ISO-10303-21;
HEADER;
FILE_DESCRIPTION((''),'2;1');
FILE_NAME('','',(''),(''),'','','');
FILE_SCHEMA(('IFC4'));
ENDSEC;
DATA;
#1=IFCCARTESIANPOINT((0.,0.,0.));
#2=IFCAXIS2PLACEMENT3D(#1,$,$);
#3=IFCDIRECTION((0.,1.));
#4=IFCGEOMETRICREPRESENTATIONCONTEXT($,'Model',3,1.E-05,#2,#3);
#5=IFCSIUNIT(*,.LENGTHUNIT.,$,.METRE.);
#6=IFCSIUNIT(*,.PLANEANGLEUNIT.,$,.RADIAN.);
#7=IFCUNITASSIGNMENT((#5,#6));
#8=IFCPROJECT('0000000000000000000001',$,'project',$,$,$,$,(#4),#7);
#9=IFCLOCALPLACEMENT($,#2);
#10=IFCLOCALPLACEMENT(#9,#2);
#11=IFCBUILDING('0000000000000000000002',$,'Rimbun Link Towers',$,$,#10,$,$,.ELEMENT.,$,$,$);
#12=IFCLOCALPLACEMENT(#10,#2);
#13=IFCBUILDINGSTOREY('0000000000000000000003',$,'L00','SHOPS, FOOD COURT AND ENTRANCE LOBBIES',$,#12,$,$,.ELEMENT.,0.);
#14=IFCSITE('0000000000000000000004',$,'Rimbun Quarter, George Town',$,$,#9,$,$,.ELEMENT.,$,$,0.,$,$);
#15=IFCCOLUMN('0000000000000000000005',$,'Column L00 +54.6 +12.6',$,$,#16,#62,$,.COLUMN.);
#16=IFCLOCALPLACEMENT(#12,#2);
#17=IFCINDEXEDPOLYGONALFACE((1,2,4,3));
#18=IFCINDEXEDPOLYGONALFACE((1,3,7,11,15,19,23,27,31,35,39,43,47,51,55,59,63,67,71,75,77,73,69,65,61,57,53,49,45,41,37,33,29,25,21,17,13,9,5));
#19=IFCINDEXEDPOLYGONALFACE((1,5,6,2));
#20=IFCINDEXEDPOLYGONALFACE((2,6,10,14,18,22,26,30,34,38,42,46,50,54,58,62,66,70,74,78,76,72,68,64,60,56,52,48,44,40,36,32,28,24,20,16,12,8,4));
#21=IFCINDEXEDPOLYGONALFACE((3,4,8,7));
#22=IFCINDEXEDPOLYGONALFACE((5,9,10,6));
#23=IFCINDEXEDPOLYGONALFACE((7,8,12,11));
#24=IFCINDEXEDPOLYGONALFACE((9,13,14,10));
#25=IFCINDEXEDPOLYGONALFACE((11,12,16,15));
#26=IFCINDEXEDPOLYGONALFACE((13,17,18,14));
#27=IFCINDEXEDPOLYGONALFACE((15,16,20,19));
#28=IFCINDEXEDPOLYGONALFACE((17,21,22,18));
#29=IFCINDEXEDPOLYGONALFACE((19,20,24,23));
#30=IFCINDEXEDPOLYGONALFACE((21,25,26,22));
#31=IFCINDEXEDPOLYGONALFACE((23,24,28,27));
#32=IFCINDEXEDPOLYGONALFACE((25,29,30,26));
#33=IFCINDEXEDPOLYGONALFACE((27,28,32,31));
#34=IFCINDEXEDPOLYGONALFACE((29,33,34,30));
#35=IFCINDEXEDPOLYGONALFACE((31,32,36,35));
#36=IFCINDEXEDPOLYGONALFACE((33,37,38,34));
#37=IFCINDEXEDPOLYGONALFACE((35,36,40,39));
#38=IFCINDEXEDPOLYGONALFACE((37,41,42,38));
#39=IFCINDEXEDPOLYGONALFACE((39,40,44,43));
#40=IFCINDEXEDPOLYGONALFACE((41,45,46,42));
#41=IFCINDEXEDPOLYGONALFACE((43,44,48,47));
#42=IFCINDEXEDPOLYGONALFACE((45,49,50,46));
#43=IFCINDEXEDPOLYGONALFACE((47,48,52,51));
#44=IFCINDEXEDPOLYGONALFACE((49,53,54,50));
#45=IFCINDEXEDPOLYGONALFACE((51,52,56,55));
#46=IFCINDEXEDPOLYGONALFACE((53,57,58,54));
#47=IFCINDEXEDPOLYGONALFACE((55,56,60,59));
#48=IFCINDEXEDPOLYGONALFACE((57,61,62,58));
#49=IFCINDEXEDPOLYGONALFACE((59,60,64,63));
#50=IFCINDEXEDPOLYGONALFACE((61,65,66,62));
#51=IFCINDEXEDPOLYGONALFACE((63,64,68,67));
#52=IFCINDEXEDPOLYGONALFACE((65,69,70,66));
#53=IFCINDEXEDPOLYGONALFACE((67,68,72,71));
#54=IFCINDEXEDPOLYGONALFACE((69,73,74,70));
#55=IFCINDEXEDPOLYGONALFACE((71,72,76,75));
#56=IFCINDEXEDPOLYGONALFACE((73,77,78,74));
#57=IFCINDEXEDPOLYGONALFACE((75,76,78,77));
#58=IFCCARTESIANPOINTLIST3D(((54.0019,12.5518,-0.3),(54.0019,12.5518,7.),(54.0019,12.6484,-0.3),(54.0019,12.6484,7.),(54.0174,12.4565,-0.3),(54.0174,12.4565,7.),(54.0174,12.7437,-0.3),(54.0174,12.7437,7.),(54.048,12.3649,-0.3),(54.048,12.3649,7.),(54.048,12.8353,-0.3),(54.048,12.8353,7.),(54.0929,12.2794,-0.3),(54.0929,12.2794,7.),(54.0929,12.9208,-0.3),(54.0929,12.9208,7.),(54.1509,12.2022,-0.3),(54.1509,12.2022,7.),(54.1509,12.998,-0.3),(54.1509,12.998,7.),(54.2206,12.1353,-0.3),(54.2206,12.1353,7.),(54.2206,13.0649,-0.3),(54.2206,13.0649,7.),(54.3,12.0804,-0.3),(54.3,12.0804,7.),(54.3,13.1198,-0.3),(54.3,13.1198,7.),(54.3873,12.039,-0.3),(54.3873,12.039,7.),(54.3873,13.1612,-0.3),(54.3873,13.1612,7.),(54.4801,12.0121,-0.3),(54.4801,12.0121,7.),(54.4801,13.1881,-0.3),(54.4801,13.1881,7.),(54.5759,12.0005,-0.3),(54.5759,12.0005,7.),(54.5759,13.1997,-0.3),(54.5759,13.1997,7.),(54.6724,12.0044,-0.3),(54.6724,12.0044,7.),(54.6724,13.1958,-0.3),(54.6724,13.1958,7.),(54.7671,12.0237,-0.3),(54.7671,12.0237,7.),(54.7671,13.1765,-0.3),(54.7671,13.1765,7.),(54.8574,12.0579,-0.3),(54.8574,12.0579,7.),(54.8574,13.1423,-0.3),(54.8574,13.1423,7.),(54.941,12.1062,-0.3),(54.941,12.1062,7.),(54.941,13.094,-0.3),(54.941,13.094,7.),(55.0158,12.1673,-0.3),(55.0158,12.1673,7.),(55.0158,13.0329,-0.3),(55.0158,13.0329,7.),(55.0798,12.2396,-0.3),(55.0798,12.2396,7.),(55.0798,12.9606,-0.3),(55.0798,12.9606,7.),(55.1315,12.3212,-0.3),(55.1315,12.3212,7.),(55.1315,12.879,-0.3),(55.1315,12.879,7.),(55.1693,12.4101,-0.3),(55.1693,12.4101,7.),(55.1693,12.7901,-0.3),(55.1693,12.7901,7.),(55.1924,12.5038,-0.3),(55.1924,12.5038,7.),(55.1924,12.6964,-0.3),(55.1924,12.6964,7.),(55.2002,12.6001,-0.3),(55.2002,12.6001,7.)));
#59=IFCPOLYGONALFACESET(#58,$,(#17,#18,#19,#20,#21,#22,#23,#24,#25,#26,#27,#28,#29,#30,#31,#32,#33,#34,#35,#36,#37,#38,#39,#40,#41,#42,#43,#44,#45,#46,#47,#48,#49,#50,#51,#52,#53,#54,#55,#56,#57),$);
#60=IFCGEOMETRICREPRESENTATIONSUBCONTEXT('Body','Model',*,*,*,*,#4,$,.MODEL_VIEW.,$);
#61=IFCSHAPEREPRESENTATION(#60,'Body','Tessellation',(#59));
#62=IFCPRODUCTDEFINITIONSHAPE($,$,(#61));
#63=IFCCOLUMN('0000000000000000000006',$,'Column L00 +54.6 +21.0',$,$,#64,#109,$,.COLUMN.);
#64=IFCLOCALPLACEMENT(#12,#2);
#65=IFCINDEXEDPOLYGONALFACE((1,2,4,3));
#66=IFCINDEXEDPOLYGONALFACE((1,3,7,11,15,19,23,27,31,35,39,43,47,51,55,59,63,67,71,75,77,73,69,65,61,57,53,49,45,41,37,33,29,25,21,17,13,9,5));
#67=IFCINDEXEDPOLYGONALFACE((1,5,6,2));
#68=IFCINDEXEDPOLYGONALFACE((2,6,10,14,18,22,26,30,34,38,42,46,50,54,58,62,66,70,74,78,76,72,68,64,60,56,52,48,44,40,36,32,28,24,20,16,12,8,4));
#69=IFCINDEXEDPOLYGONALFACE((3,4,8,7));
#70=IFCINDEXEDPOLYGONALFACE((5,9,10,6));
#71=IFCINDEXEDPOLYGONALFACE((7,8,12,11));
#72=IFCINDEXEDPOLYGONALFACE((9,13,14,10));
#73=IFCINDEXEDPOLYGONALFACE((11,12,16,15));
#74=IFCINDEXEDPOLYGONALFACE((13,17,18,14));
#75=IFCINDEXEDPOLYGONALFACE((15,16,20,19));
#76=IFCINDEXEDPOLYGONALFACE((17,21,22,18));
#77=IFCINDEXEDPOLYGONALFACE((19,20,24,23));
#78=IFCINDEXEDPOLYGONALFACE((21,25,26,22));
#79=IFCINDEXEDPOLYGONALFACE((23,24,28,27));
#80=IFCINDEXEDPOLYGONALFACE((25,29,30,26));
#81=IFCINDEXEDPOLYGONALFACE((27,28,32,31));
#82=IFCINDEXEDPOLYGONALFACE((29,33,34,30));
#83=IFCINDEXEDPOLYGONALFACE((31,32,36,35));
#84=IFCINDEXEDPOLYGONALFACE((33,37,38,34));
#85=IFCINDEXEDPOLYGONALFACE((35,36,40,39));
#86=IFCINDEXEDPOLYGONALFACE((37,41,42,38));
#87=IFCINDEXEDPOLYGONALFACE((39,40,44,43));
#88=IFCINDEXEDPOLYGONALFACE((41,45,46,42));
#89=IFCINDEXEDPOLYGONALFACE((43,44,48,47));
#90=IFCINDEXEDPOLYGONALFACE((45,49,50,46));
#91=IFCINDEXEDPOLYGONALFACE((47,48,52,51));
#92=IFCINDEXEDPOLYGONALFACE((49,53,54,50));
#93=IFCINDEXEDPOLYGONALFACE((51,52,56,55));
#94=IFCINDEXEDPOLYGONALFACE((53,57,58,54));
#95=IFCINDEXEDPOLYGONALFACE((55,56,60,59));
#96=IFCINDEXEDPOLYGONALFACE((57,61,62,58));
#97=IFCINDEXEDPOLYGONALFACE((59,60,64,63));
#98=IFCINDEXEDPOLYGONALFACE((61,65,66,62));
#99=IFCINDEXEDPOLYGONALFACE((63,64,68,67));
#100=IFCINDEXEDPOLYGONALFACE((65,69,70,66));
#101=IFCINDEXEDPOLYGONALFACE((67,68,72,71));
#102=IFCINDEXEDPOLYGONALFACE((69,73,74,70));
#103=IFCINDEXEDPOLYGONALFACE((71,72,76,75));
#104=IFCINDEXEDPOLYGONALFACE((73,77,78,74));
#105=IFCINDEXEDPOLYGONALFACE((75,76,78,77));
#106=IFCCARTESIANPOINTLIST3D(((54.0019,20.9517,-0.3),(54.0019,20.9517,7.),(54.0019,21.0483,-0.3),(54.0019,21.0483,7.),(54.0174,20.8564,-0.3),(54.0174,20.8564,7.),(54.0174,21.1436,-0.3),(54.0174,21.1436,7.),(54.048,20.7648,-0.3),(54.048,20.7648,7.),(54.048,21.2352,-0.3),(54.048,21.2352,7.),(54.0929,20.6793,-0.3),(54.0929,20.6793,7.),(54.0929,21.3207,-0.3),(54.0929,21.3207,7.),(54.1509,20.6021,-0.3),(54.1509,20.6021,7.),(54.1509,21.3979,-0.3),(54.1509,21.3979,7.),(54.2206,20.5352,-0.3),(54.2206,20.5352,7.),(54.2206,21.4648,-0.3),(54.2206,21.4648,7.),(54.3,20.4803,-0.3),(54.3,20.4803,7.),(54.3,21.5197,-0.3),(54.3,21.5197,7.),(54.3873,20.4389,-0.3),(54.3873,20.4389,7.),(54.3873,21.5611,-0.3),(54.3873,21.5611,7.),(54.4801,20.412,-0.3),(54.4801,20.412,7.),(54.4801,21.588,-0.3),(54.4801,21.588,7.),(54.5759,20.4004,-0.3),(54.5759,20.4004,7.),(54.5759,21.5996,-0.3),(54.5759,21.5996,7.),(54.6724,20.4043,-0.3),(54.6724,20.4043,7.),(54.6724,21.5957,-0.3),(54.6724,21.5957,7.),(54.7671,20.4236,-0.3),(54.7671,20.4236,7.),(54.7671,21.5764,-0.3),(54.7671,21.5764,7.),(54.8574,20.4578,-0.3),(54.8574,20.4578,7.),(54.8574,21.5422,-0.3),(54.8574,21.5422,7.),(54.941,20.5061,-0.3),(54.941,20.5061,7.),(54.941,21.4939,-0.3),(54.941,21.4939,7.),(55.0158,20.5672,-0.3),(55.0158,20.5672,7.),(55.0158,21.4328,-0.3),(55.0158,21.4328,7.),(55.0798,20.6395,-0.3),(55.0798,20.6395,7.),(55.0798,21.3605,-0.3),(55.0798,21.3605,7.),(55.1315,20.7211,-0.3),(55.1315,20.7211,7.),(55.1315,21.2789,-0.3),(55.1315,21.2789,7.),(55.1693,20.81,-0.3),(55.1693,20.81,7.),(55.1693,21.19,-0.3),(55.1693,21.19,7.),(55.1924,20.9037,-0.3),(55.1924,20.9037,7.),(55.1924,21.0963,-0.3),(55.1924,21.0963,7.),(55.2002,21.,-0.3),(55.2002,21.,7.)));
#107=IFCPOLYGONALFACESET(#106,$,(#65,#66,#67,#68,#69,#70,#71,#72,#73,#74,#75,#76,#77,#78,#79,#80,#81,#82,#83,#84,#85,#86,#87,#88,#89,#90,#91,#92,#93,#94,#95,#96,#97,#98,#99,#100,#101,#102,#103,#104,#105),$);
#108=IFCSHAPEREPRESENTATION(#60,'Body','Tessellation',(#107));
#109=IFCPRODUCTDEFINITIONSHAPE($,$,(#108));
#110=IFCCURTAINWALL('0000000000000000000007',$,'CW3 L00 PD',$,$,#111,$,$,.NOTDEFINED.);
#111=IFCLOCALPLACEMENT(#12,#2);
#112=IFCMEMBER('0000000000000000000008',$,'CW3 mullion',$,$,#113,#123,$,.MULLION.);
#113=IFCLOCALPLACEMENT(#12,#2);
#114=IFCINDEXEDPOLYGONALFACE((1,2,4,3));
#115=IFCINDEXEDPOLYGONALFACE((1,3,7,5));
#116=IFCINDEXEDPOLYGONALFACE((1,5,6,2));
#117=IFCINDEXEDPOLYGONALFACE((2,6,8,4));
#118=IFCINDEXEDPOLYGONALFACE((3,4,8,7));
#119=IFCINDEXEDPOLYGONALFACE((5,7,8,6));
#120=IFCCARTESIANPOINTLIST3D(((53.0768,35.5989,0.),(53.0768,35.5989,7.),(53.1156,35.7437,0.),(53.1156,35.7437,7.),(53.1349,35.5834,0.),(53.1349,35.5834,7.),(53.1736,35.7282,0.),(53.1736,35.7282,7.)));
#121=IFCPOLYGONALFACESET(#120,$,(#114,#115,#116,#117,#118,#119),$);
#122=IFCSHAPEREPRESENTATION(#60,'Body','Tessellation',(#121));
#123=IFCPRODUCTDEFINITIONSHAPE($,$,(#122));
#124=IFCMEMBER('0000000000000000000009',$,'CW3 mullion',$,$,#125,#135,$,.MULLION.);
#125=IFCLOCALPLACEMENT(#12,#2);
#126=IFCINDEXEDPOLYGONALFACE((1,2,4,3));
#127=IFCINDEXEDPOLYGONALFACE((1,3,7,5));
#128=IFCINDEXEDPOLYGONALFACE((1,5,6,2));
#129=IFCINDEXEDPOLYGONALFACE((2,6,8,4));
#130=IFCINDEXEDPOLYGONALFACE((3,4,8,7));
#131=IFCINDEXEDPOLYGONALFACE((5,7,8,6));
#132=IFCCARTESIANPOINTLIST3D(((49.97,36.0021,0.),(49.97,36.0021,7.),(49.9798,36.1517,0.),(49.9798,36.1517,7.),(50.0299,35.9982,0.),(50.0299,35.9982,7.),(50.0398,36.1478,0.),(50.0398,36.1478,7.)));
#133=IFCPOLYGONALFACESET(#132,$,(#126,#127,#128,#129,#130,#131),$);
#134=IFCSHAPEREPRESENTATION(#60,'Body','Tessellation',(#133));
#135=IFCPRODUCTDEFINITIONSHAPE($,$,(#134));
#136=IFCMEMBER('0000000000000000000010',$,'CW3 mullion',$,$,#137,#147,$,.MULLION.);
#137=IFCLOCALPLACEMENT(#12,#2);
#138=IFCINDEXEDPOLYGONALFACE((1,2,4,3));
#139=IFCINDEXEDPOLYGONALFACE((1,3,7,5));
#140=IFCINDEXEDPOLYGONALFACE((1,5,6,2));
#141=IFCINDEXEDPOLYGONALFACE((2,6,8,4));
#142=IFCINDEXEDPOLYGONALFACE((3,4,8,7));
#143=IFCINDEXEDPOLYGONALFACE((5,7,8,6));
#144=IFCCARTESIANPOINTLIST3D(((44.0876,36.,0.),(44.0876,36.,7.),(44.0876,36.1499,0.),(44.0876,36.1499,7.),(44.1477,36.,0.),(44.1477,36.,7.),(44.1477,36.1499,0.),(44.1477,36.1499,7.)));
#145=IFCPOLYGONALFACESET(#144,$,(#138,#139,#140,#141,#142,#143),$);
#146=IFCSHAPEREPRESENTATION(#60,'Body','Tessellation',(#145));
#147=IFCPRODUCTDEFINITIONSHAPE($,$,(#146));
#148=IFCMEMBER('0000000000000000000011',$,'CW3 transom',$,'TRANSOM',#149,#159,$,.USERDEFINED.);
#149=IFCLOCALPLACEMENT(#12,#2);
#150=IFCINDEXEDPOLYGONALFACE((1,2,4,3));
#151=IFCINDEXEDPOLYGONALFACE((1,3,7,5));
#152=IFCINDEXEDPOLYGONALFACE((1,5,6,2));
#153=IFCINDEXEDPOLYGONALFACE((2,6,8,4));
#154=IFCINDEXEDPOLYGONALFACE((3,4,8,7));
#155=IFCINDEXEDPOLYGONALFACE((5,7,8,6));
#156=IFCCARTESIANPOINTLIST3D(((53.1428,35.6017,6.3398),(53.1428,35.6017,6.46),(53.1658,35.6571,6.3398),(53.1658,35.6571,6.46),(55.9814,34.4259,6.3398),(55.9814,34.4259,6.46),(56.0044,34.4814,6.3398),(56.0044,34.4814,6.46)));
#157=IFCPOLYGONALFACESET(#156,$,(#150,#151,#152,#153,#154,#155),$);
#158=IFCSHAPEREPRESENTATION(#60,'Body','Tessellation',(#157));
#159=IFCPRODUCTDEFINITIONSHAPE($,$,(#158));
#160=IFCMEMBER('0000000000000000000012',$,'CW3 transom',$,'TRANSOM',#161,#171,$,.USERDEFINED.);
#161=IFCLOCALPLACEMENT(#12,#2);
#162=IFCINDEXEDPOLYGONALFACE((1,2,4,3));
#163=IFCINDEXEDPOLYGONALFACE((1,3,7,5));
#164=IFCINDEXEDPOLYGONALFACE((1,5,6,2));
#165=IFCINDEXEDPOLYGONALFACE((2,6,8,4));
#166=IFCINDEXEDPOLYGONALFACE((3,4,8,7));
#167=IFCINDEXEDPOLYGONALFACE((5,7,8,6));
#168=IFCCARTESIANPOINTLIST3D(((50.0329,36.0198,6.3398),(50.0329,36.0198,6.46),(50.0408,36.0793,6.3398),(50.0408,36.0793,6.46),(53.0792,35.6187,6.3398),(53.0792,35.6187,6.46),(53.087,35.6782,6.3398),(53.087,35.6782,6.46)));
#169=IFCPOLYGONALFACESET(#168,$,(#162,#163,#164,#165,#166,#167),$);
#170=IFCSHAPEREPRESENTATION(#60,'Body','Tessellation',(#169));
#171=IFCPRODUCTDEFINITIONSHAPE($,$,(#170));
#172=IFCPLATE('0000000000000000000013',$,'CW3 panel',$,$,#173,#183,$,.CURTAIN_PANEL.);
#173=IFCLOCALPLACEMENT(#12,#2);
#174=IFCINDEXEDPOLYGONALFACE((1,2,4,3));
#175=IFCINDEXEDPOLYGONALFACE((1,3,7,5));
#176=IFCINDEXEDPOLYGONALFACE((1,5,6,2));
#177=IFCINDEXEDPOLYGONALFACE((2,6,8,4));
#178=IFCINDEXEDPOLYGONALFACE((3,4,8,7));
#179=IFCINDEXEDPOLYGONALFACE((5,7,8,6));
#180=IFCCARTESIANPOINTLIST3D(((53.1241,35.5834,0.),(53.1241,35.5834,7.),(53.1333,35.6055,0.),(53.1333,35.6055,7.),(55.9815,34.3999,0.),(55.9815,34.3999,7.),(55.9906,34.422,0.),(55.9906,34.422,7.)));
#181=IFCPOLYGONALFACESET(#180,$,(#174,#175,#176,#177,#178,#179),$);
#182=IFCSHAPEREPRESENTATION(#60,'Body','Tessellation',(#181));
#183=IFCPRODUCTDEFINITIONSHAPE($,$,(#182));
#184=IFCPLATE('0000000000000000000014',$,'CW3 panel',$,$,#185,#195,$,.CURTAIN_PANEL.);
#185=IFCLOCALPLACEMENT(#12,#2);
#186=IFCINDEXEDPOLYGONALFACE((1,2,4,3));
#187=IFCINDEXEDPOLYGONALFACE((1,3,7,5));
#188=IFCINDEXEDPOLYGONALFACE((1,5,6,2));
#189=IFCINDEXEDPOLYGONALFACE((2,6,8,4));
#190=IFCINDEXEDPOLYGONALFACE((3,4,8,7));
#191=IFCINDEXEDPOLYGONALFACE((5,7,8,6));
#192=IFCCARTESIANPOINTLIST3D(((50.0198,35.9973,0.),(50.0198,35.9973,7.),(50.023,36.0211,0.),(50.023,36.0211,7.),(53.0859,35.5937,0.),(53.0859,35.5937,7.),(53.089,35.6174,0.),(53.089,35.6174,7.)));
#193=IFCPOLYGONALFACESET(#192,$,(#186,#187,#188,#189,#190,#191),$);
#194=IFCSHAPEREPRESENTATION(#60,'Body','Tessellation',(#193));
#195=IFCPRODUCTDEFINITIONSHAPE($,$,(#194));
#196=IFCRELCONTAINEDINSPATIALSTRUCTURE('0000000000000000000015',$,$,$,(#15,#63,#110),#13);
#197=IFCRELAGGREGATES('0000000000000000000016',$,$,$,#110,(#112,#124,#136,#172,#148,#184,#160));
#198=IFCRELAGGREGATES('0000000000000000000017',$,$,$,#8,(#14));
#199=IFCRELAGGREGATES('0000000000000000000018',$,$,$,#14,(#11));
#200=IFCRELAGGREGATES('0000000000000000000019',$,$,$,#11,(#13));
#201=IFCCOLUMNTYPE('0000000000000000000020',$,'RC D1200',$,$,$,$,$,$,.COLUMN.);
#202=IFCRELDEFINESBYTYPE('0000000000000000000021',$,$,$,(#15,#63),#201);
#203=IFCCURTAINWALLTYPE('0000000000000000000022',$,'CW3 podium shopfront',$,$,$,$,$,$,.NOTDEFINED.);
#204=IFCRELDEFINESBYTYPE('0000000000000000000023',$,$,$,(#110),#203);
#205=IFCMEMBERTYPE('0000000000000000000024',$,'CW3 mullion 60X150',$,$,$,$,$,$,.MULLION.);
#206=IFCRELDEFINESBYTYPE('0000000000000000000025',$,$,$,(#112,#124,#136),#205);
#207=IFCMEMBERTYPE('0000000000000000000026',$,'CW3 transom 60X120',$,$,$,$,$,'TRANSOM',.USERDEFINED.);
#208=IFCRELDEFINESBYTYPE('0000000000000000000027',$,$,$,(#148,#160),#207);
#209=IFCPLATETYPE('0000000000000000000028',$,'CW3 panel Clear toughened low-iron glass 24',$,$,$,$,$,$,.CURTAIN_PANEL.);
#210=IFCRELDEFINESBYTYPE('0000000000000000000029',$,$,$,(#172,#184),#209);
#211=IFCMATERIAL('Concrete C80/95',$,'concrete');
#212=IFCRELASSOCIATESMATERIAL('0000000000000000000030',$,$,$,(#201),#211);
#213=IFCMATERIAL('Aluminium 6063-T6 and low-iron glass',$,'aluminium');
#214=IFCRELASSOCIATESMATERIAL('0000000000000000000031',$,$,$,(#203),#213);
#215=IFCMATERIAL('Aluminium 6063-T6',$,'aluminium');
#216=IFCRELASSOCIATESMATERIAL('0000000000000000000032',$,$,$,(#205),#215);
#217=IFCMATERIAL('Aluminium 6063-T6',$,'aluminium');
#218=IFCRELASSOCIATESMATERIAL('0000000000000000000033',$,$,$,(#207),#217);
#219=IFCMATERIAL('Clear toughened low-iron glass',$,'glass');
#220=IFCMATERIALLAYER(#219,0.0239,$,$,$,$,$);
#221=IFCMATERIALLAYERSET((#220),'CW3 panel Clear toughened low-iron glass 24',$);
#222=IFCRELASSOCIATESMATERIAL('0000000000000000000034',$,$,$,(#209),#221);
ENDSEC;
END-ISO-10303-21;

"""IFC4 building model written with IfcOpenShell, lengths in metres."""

from ifc_helpers import new_model, si_unit, direction, frame, origin, origin_2d, place, context, subcontext, project, spatial, rectangle, circle, extrude, material, layer, layer_set, material_profile, profile_set, type_object, element, aggregate, save


model = new_model("IFC4")

# Units and contexts
model_context = context("Model", 3, precision=1e-05, world=origin(), true_north=direction((0.0, 1.0)))
body_context = subcontext(model_context, "Body", "Model", "MODEL_VIEW")
ifc_project = project(units=[si_unit("LENGTHUNIT", "METRE"), si_unit("PLANEANGLEUNIT", "RADIAN")], contexts=[model_context])

# Site, building, storey
site_placement = place(None, origin())
site = spatial("IfcSite", under=ifc_project, at=site_placement, Name="Rimbun Quarter, George Town", CompositionType="ELEMENT", RefElevation=0.0)
building_placement = place(site_placement, origin())
building = spatial("IfcBuilding", under=site, at=building_placement, Name="Rimbun Link Towers", CompositionType="ELEMENT")
storey_placement = place(building_placement, origin())
storey = spatial("IfcBuildingStorey", under=building, at=storey_placement, Name="L00", Description="SHOPS, FOOD COURT AND ENTRANCE LOBBIES", CompositionType="ELEMENT", Elevation=0.0)

# Columns
ifc_material_1 = material(Name="Concrete C80/95", Category="concrete")
ifc_material_profile_1 = material_profile(ifc_material_1, circle(Radius=0.6001, at=origin_2d()), Name="RC D1200")
ifc_profile_set_1 = profile_set([ifc_material_profile_1], Name="Concrete C80/95")
column_type = type_object("IfcColumnType", Name="RC D1200", PredefinedType="COLUMN", material=ifc_profile_set_1)
for number, where, z_axis, x_axis, name in (
    (1, (54.6001, 12.6001, -0.3), (0.0, 0.0, 1.0), (1.0, 0.0, 0.0), "Column L00 +54.6 +12.6"),
    (2, (54.6001, 21.0, -0.3), (0.0, 0.0, 1.0), (1.0, 0.0, 0.0), "Column L00 +54.6 +21.0"),
):
    element("IfcColumn", number, at=place(storey_placement, frame(where, z_axis=z_axis, x_axis=x_axis)), inside=storey, type_object=column_type, Name=name, PredefinedType="COLUMN", context=body_context, shape_type="SweptSolid", body=[
        extrude(circle(Radius=0.6001, at=origin_2d()), origin(), (0.0, 0.0, 1.0), 7.3),
    ])

# Curtain wall, members, plates
ifc_material_2 = material(Name="Aluminium 6063-T6 and low-iron glass", Category="aluminium")
curtain_wall_type = type_object("IfcCurtainWallType", Name="CW3 podium shopfront", PredefinedType="NOTDEFINED", material=ifc_material_2)
curtain_wall_placement = place(storey_placement, origin())
curtain_wall = element("IfcCurtainWall", 3, at=curtain_wall_placement, inside=storey, type_object=curtain_wall_type, Name="CW3 L00 PD", PredefinedType="NOTDEFINED")
ifc_material_3 = material(Name="Aluminium 6063-T6", Category="aluminium")
ifc_material_profile_2 = material_profile(ifc_material_3, rectangle(XDim=0.1499, YDim=0.0601, at=origin_2d()), Name="MULLION 60X150")
ifc_profile_set_2 = profile_set([ifc_material_profile_2], Name="Aluminium 6063-T6")
member_type_1 = type_object("IfcMemberType", Name="CW3 mullion 60X150", PredefinedType="MULLION", material=ifc_profile_set_2)
member_1_placement = place(storey_placement, frame((53.1252, 35.6636, 0.0), z_axis=(0.0, 0.0, 1.0), x_axis=(0.258819, 0.965926, 0.0)))
member_1 = element("IfcMember", 4, at=member_1_placement, type_object=member_type_1, Name="CW3 mullion", PredefinedType="MULLION", context=body_context, shape_type="SweptSolid", body=[
    extrude(rectangle(XDim=0.1499, YDim=0.0601, at=origin_2d()), origin(), (0.0, 0.0, 1.0), 7.0),
])
member_2_placement = place(storey_placement, frame((50.0049, 36.075, 0.0), z_axis=(0.0, 0.0, 1.0), x_axis=(0.065405, 0.997859, 0.0)))
member_2 = element("IfcMember", 5, at=member_2_placement, type_object=member_type_1, Name="CW3 mullion", PredefinedType="MULLION", context=body_context, shape_type="SweptSolid", body=[
    extrude(rectangle(XDim=0.1499, YDim=0.0601, at=origin_2d()), origin(), (0.0, 0.0, 1.0), 7.0),
])
member_3_placement = place(storey_placement, frame((44.1177, 36.075, 0.0), z_axis=(0.0, 0.0, 1.0), x_axis=(0.0, 1.0, 0.0)))
member_3 = element("IfcMember", 6, at=member_3_placement, type_object=member_type_1, Name="CW3 mullion", PredefinedType="MULLION", context=body_context, shape_type="SweptSolid", body=[
    extrude(rectangle(XDim=0.1499, YDim=0.0601, at=origin_2d()), origin(), (0.0, 0.0, 1.0), 7.0),
])
ifc_material_4 = material(Name="Aluminium 6063-T6", Category="aluminium")
ifc_material_profile_3 = material_profile(ifc_material_4, rectangle(XDim=0.0601, YDim=0.1201, at=origin_2d()), Name="TRANSOM 60X120")
ifc_profile_set_3 = profile_set([ifc_material_profile_3], Name="Aluminium 6063-T6")
member_type_2 = type_object("IfcMemberType", Name="CW3 transom 60X120", ElementType="TRANSOM", PredefinedType="USERDEFINED", material=ifc_profile_set_3)
member_4_placement = place(storey_placement, frame((53.1543, 35.6294, 6.3999), z_axis=(0.923881, -0.382679, 0.0), x_axis=(0.382679, 0.923881, 0.0)))
member_4 = element("IfcMember", 7, at=member_4_placement, type_object=member_type_2, Name="CW3 transom", ObjectType="TRANSOM", PredefinedType="USERDEFINED", context=body_context, shape_type="SweptSolid", body=[
    extrude(rectangle(XDim=0.0601, YDim=0.1201, at=origin_2d()), origin(), (0.0, 0.0, 1.0), 3.0725),
])
member_5_placement = place(storey_placement, frame((50.0369, 36.0496, 6.3999), z_axis=(0.991441, -0.130555, 0.0), x_axis=(0.130555, 0.991441, 0.0)))
member_5 = element("IfcMember", 8, at=member_5_placement, type_object=member_type_2, Name="CW3 transom", ObjectType="TRANSOM", PredefinedType="USERDEFINED", context=body_context, shape_type="SweptSolid", body=[
    extrude(rectangle(XDim=0.0601, YDim=0.1201, at=origin_2d()), origin(), (0.0, 0.0, 1.0), 3.0725),
])
ifc_material_5 = material(Name="Clear toughened low-iron glass", Category="glass")
ifc_layer_1 = layer(ifc_material_5, 0.0239)
ifc_layer_set_1 = layer_set([ifc_layer_1], Name="CW3 panel Clear toughened low-iron glass 24")
plate_type = type_object("IfcPlateType", Name="CW3 panel Clear toughened low-iron glass 24", PredefinedType="CURTAIN_PANEL", material=ifc_layer_set_1)
plate_1_placement = place(storey_placement, frame((54.5574, 35.0027, 0.0), z_axis=(0.0, 0.0, 1.0), x_axis=(0.923881, -0.382679, 0.0)))
plate_1 = element("IfcPlate", 9, at=plate_1_placement, type_object=plate_type, Name="CW3 panel", PredefinedType="CURTAIN_PANEL", context=body_context, shape_type="SweptSolid", body=[
    extrude(rectangle(XDim=3.0928, YDim=0.0239, at=origin_2d()), origin(), (0.0, 0.0, 1.0), 7.0),
])
plate_2_placement = place(storey_placement, frame((51.5544, 35.8074, 0.0), z_axis=(0.0, 0.0, 1.0), x_axis=(0.991444, -0.13053, 0.0)))
plate_2 = element("IfcPlate", 10, at=plate_2_placement, type_object=plate_type, Name="CW3 panel", PredefinedType="CURTAIN_PANEL", context=body_context, shape_type="SweptSolid", body=[
    extrude(rectangle(XDim=3.0925, YDim=0.0239, at=origin_2d()), origin(), (0.0, 0.0, 1.0), 7.0),
])
aggregate(curtain_wall, [member_1, member_2, member_3, plate_1, member_4, plate_2, member_5])

save(model, "model.ifc")
